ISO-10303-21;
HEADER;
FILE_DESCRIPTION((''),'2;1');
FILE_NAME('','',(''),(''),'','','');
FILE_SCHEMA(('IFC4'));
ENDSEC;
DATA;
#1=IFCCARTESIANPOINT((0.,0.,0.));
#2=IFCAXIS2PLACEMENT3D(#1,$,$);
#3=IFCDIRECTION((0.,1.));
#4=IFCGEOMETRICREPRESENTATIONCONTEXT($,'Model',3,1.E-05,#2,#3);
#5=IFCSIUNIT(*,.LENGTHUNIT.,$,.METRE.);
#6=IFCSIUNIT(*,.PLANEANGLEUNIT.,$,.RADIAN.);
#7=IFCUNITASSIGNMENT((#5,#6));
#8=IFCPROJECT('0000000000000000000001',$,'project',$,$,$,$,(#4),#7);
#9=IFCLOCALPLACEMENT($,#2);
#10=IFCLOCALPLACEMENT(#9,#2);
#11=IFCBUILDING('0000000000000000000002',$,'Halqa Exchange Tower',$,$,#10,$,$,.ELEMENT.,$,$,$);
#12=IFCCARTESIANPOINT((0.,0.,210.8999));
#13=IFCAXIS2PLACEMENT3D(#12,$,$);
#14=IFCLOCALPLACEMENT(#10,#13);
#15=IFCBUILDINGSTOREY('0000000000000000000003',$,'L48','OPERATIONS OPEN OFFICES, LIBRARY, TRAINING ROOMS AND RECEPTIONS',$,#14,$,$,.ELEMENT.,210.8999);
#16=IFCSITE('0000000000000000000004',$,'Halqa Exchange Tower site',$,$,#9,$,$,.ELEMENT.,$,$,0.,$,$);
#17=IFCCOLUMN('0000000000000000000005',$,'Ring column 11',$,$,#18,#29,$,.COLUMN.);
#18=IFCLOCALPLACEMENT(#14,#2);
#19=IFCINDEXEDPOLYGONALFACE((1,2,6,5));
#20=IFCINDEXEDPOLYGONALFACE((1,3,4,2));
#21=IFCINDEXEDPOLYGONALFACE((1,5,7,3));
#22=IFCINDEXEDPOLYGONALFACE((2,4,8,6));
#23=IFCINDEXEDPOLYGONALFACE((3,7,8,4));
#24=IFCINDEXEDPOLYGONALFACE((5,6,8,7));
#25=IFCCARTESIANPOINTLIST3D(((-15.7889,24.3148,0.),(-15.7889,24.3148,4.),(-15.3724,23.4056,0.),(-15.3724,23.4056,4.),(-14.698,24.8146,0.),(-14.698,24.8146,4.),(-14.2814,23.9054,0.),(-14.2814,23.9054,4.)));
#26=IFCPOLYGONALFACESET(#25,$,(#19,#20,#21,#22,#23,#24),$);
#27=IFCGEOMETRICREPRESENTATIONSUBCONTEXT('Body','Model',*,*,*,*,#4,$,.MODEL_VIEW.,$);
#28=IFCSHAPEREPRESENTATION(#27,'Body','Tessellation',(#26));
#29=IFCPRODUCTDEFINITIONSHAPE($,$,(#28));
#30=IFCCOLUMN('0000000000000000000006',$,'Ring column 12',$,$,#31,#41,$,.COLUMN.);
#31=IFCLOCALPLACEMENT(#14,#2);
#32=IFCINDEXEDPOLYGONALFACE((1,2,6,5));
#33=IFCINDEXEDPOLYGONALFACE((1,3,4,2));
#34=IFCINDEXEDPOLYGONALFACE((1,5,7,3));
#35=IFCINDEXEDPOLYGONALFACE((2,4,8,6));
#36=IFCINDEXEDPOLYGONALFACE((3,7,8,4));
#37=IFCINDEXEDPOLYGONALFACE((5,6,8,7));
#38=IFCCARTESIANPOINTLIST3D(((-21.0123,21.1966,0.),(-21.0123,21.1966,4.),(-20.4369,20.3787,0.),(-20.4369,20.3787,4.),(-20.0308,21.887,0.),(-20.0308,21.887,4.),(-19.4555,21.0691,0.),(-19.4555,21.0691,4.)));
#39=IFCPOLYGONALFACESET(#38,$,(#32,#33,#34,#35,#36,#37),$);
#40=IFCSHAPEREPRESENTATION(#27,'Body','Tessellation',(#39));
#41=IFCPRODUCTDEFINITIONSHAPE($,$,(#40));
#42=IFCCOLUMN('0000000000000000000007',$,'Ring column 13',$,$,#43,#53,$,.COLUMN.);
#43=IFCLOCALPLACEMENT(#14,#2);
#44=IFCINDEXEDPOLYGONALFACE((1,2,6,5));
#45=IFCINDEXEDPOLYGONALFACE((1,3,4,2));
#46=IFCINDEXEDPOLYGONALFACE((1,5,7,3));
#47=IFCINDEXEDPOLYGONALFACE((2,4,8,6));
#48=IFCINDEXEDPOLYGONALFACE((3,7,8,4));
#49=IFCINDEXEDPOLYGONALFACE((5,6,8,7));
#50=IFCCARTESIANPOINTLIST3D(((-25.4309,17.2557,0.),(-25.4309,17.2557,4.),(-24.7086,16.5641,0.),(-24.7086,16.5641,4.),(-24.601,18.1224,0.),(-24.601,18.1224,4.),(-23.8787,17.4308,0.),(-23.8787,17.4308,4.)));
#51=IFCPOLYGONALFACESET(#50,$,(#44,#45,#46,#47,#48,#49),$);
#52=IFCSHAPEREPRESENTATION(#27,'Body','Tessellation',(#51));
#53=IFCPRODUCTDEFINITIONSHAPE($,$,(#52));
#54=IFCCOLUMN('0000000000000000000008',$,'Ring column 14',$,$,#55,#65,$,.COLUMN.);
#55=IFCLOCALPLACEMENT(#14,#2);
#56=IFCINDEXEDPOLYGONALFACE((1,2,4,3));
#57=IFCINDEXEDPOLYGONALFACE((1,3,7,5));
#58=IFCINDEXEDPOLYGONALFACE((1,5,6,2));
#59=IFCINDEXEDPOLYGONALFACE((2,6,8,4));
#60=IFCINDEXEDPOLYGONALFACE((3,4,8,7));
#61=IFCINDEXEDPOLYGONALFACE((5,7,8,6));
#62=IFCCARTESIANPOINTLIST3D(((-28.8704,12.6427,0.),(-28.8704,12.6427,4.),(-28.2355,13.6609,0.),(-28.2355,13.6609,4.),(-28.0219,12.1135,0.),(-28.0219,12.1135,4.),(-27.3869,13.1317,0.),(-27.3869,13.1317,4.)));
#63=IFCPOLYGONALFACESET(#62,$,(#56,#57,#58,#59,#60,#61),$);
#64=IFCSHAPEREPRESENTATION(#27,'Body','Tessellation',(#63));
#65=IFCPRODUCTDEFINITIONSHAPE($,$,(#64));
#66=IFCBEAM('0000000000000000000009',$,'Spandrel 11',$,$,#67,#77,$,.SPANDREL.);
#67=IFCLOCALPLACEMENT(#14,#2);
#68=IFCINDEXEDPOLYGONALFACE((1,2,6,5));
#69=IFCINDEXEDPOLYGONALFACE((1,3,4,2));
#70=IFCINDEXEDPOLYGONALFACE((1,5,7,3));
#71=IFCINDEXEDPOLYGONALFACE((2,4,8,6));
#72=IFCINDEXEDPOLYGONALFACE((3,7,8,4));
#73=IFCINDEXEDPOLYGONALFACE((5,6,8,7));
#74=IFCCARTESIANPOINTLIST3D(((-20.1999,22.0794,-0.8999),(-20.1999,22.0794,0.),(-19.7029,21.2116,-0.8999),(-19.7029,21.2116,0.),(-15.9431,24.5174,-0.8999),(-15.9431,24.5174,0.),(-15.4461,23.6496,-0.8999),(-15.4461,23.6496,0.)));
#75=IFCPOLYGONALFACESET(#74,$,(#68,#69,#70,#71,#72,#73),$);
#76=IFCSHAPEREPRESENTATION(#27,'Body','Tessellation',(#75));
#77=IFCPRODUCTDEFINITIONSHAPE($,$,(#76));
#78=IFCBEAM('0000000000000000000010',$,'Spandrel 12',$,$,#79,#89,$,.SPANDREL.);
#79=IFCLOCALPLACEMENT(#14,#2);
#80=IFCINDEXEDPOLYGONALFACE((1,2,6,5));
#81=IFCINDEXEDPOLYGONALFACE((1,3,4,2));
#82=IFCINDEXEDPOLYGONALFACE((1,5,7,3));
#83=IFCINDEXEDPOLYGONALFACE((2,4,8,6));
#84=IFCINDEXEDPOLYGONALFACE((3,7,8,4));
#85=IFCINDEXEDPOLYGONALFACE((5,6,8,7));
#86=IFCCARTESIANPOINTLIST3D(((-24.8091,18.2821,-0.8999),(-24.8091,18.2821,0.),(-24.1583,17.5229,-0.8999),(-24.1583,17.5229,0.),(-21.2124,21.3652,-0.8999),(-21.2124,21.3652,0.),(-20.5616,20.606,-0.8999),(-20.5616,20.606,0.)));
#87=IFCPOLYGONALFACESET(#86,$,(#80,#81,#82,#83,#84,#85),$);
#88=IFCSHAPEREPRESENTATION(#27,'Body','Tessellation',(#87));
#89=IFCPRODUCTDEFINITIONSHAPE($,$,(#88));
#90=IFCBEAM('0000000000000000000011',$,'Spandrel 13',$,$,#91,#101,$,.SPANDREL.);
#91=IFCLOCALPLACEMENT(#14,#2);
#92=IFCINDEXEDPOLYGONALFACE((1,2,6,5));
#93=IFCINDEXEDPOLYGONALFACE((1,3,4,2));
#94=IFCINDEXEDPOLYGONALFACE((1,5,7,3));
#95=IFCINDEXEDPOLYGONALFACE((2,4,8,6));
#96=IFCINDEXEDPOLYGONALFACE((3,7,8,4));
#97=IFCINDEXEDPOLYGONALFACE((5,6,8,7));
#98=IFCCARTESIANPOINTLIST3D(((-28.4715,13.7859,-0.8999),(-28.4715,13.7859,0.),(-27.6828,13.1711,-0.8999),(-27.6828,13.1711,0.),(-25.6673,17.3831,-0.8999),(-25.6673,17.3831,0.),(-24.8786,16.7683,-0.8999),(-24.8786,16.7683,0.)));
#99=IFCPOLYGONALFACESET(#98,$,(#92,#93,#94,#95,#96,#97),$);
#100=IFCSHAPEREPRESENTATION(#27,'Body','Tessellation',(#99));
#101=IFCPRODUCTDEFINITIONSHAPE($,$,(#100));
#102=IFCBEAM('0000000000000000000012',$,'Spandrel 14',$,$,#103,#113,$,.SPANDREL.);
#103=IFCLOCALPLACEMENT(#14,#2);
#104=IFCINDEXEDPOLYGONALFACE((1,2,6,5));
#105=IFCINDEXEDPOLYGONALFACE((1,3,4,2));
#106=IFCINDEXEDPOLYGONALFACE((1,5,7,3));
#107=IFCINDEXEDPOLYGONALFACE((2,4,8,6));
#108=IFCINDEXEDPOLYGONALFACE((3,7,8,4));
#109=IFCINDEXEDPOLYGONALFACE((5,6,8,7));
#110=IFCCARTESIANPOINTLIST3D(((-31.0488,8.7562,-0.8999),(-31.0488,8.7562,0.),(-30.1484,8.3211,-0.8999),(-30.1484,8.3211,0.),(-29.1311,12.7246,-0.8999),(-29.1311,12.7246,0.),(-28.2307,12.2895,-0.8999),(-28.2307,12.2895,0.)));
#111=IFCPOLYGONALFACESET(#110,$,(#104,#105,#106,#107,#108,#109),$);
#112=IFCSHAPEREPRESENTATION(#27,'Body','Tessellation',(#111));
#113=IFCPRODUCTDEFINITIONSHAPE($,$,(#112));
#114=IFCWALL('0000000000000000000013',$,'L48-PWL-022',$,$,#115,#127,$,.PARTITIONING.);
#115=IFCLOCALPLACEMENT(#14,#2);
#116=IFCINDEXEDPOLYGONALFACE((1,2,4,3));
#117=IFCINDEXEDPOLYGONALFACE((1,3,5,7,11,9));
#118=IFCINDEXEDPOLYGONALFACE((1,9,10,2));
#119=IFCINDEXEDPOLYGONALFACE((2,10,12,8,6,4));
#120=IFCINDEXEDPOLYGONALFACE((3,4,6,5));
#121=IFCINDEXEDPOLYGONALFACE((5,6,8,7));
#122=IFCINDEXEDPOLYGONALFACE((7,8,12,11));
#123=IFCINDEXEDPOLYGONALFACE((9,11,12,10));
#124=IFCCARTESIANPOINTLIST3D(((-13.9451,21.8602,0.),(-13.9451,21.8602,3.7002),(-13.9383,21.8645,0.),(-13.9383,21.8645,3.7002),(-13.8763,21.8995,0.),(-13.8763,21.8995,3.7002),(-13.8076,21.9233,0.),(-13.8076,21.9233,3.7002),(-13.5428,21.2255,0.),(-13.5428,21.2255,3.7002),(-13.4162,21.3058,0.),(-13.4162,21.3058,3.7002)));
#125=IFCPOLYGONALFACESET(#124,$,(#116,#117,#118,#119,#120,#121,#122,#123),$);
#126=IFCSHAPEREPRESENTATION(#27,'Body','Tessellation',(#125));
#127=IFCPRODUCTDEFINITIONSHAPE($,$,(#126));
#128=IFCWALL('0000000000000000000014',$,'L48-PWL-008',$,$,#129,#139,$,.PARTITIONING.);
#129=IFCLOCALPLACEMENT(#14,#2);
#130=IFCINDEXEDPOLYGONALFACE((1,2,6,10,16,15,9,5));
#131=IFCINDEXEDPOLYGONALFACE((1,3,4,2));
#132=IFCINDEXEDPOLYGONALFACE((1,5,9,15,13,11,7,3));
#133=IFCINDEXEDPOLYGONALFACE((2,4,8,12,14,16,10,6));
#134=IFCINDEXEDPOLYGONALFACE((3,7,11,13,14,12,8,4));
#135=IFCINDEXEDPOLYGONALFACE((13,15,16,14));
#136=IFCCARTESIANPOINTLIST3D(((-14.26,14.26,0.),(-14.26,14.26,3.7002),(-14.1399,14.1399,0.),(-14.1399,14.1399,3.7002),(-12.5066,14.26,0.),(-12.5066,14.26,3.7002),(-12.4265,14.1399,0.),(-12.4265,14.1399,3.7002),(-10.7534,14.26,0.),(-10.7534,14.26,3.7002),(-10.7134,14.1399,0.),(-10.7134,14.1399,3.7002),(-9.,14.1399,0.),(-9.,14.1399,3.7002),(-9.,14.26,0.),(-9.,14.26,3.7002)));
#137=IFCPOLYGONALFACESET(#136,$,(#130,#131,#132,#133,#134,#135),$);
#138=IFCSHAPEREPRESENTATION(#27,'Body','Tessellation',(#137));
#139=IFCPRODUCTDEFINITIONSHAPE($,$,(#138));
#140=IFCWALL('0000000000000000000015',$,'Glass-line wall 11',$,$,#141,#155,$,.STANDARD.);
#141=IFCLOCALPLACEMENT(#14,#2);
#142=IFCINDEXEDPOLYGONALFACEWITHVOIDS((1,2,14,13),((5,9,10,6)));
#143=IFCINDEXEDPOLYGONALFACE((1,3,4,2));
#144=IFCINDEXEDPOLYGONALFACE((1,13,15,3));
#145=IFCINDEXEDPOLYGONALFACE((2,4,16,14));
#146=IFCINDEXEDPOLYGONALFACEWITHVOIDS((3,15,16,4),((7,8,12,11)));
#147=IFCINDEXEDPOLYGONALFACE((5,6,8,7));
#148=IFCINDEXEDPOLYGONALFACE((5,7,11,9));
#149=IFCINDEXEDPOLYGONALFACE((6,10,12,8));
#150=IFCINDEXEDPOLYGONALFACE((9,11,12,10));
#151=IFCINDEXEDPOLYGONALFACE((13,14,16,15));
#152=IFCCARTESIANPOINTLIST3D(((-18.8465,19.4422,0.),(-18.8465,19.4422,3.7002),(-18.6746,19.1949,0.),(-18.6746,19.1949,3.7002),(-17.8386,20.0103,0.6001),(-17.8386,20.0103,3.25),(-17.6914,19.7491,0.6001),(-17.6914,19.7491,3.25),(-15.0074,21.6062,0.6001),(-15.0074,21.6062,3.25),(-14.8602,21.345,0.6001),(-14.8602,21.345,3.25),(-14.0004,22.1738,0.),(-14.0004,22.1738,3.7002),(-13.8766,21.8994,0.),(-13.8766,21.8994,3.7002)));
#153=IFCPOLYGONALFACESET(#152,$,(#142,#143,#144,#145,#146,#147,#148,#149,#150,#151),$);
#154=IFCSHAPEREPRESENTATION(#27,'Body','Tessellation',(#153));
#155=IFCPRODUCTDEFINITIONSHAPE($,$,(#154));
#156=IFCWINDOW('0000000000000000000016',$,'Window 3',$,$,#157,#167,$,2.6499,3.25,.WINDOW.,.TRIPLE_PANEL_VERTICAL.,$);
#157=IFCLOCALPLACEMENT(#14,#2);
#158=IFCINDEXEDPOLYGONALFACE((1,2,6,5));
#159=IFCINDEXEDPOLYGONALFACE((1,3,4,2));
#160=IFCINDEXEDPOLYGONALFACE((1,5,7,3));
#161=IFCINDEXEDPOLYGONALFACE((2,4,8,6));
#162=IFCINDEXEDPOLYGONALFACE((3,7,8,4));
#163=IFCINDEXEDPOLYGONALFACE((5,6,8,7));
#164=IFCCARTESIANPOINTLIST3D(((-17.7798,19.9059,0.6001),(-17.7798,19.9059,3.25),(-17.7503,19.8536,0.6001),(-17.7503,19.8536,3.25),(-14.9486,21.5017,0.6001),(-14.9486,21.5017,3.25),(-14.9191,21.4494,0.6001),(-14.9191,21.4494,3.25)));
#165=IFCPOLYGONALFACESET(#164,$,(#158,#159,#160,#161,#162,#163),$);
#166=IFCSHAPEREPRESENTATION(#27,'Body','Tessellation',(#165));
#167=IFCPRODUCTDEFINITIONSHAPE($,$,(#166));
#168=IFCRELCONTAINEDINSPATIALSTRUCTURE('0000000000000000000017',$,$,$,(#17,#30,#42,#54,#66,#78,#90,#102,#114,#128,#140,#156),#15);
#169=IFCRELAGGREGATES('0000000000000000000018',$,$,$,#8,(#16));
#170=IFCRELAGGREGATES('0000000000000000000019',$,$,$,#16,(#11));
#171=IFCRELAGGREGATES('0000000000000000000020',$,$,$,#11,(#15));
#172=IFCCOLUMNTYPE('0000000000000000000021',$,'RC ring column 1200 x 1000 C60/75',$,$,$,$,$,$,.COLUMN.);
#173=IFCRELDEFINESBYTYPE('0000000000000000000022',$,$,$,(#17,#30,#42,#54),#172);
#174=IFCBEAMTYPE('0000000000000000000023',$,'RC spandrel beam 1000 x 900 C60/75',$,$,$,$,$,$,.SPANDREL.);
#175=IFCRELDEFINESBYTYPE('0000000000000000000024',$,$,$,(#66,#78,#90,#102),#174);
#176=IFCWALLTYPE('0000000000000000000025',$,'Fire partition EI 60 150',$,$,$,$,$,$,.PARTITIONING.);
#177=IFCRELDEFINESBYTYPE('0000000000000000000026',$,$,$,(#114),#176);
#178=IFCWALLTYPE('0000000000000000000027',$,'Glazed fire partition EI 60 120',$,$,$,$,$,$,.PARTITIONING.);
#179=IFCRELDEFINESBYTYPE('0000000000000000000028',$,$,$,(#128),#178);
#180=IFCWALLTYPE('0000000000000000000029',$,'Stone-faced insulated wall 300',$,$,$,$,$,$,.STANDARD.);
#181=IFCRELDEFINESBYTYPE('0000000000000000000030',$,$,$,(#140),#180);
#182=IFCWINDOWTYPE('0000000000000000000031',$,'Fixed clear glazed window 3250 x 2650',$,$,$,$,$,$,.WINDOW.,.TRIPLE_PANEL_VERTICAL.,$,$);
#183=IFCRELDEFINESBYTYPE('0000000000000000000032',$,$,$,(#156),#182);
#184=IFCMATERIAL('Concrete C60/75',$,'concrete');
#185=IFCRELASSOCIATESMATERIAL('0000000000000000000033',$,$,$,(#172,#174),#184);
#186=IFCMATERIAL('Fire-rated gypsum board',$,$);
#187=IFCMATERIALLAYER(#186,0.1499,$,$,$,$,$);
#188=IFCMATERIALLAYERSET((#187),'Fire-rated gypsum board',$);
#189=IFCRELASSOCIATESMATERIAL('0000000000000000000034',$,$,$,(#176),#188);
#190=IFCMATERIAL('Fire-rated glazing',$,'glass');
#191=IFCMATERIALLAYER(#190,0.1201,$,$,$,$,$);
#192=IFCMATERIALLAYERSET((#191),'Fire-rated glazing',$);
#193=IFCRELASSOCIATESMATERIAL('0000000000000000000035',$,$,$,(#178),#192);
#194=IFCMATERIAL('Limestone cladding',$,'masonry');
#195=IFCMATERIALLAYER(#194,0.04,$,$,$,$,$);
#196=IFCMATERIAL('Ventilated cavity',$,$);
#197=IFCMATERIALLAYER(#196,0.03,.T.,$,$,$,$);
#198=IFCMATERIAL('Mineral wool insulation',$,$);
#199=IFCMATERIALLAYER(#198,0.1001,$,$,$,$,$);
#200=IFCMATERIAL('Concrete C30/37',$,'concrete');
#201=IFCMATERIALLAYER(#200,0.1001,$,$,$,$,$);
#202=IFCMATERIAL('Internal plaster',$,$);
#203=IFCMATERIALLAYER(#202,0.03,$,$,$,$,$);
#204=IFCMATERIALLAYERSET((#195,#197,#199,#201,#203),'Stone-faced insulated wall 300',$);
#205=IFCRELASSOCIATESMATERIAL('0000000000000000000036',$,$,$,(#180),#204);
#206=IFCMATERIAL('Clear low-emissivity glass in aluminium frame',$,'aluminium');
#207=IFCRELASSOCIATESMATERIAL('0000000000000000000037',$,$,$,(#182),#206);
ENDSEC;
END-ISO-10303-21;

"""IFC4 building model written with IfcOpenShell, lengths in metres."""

from ifc_helpers import new_model, si_unit, direction, frame, frame_2d, origin, origin_2d, place, context, subcontext, project, spatial, polyline, rectangle, outline, extrude, material, layer, layer_set, material_profile, profile_set, type_object, element, fill, save


model = new_model("IFC4")

# Units and contexts
model_context = context("Model", 3, precision=1e-05, world=origin(), true_north=direction((0.0, 1.0)))
body_context = subcontext(model_context, "Body", "Model", "MODEL_VIEW")
ifc_project = project(units=[si_unit("LENGTHUNIT", "METRE"), si_unit("PLANEANGLEUNIT", "RADIAN")], contexts=[model_context])

# Site, building, storey
site_placement = place(None, origin())
site = spatial("IfcSite", under=ifc_project, at=site_placement, Name="Halqa Exchange Tower site", CompositionType="ELEMENT", RefElevation=0.0)
building_placement = place(site_placement, origin())
building = spatial("IfcBuilding", under=site, at=building_placement, Name="Halqa Exchange Tower", CompositionType="ELEMENT")
storey_placement = place(building_placement, frame((0.0, 0.0, 210.8999)))
storey = spatial("IfcBuildingStorey", under=building, at=storey_placement, Name="L48", Description="OPERATIONS OPEN OFFICES, LIBRARY, TRAINING ROOMS AND RECEPTIONS", CompositionType="ELEMENT", Elevation=210.8999)

# Columns
ifc_material_1 = material(Name="Concrete C60/75", Category="concrete")
ifc_material_profile_1 = material_profile(ifc_material_1, rectangle(XDim=1.2, YDim=1.0, at=origin_2d()), Name="1200 x 1000")
ifc_profile_set_1 = profile_set([ifc_material_profile_1], Name="Concrete C60/75")
column_type = type_object("IfcColumnType", Name="RC ring column 1200 x 1000 C60/75", PredefinedType="COLUMN", material=ifc_profile_set_1)
for number, where, z_axis, x_axis, name in (
    (1, (-15.0352, 24.1101, 0.0), (0.0, 0.0, 1.0), (-0.909129, -0.416514, 0.0), "Ring column 11"),
    (2, (-20.2339, 21.1328, 0.0), (0.0, 0.0, 1.0), (-0.817906, -0.575352, 0.0), "Ring column 12"),
    (3, (-24.6548, 17.3433, 0.0), (0.0, 0.0, 1.0), (-0.691575, -0.722305, 0.0), "Ring column 13"),
    (4, (-28.1287, 12.8872, 0.0), (0.0, 0.0, 1.0), (-0.529145, -0.848531, 0.0), "Ring column 14"),
):
    element("IfcColumn", number, at=place(storey_placement, frame(where, z_axis=z_axis, x_axis=x_axis)), inside=storey, type_object=column_type, Name=name, PredefinedType="COLUMN", context=body_context, shape_type="SweptSolid", body=[
        extrude(rectangle(XDim=1.2, YDim=1.0, at=origin_2d()), origin(), (0.0, 0.0, 1.0), 4.0),
    ])

# Beams
ifc_material_profile_2 = material_profile(ifc_material_1, rectangle(XDim=1.0, YDim=0.8999, at=origin_2d()), Name="1000 x 900")
ifc_profile_set_2 = profile_set([ifc_material_profile_2], Name="Concrete C60/75")
beam_type = type_object("IfcBeamType", Name="RC spandrel beam 1000 x 900 C60/75", PredefinedType="SPANDREL", material=ifc_profile_set_2)
beam_1_placement = place(storey_placement, frame((-15.6946, 24.0835, -0.45), z_axis=(-0.867759, -0.496986, 0.0), x_axis=(0.496986, -0.867759, 0.0)))
element("IfcBeam", 5, at=beam_1_placement, inside=storey, type_object=beam_type, Name="Spandrel 11", PredefinedType="SPANDREL", context=body_context, shape_type="SweptSolid", body=[
    extrude(rectangle(XDim=1.0, YDim=0.8999, at=origin_2d()), origin(), (0.0, 0.0, 1.0), 4.9055),
])
beam_2_placement = place(storey_placement, frame((-20.887, 20.9856, -0.45), z_axis=(-0.759242, -0.650808, 0.0), x_axis=(0.650808, -0.759242, 0.0)))
element("IfcBeam", 6, at=beam_2_placement, inside=storey, type_object=beam_type, Name="Spandrel 12", PredefinedType="SPANDREL", context=body_context, shape_type="SweptSolid", body=[
    extrude(rectangle(XDim=1.0, YDim=0.8999, at=origin_2d()), origin(), (0.0, 0.0, 1.0), 4.7373),
])
beam_3_placement = place(storey_placement, frame((-25.2729, 17.0757, -0.45), z_axis=(-0.614815, -0.788672, 0.0), x_axis=(0.788672, -0.614815, 0.0)))
element("IfcBeam", 7, at=beam_3_placement, inside=storey, type_object=beam_type, Name="Spandrel 13", PredefinedType="SPANDREL", context=body_context, shape_type="SweptSolid", body=[
    extrude(rectangle(XDim=1.0, YDim=0.8999, at=origin_2d()), origin(), (0.0, 0.0, 1.0), 4.561),
])
beam_4_placement = place(storey_placement, frame((-28.6809, 12.5071, -0.45), z_axis=(-0.435098, -0.900383, 0.0), x_axis=(0.900383, -0.435098, 0.0)))
element("IfcBeam", 8, at=beam_4_placement, inside=storey, type_object=beam_type, Name="Spandrel 14", PredefinedType="SPANDREL", context=body_context, shape_type="SweptSolid", body=[
    extrude(rectangle(XDim=1.0, YDim=0.8999, at=origin_2d()), origin(), (0.0, 0.0, 1.0), 4.4075),
])

# Walls
ifc_material_2 = material(Name="Fire-rated gypsum board")
ifc_layer_1 = layer(ifc_material_2, 0.1499)
ifc_layer_set_1 = layer_set([ifc_layer_1], Name="Fire-rated gypsum board")
wall_type_1 = type_object("IfcWallType", Name="Fire partition EI 60 150", PredefinedType="PARTITIONING", material=ifc_layer_set_1)
wall_1_placement = place(storey_placement, frame((-13.4795, 21.2656, 0.0), z_axis=(0.0, 0.0, 1.0), x_axis=(-0.535361, 0.844623, 0.0)))
element("IfcWall", 9, at=wall_1_placement, inside=storey, type_object=wall_type_1, Name="L48-PWL-022", PredefinedType="PARTITIONING", context=body_context, shape_type="SweptSolid", body=[
    extrude(outline(polyline([(0.0, -0.075), (0.7312, -0.075), (0.7478, -0.0042), (0.7515, 0.0669), (0.7515, 0.075), (0.0, 0.075), (0.0, -0.075)])), origin(), (0.0, 0.0, 1.0), 3.7002),
])
ifc_material_3 = material(Name="Fire-rated glazing", Category="glass")
ifc_layer_2 = layer(ifc_material_3, 0.1201)
ifc_layer_set_2 = layer_set([ifc_layer_2], Name="Fire-rated glazing")
wall_type_2 = type_object("IfcWallType", Name="Glazed fire partition EI 60 120", PredefinedType="PARTITIONING", material=ifc_layer_set_2)
wall_2_placement = place(storey_placement, frame((-14.26, 14.2, 0.0), z_axis=(0.0, 0.0, 1.0), x_axis=(1.0, 0.0, 0.0)))
element("IfcWall", 10, at=wall_2_placement, inside=storey, type_object=wall_type_2, Name="L48-PWL-008", PredefinedType="PARTITIONING", context=body_context, shape_type="SweptSolid", body=[
    extrude(outline(polyline([(5.26, 0.0601), (3.5066, 0.0601), (1.7534, 0.0601), (0.0, 0.0601), (0.1201, -0.0601), (1.8335, -0.0601), (3.5466, -0.0601), (5.26, -0.0601), (5.26, 0.0601)])), origin(), (0.0, 0.0, 1.0), 3.7002),
])

# Wall, opening, window
ifc_material_4 = material(Name="Limestone cladding", Category="masonry")
ifc_layer_3 = layer(ifc_material_4, 0.04)
ifc_material_5 = material(Name="Ventilated cavity")
ifc_layer_4 = layer(ifc_material_5, 0.03, ventilated=True)
ifc_material_6 = material(Name="Mineral wool insulation")
ifc_layer_5 = layer(ifc_material_6, 0.1001)
ifc_material_7 = material(Name="Concrete C30/37", Category="concrete")
ifc_layer_6 = layer(ifc_material_7, 0.1001)
ifc_material_8 = material(Name="Internal plaster")
ifc_layer_7 = layer(ifc_material_8, 0.03)
ifc_layer_set_3 = layer_set([ifc_layer_3, ifc_layer_4, ifc_layer_5, ifc_layer_6, ifc_layer_7], Name="Stone-faced insulated wall 300")
wall_type_3 = type_object("IfcWallType", Name="Stone-faced insulated wall 300", PredefinedType="STANDARD", material=ifc_layer_set_3)
wall_3_placement = place(storey_placement, frame((-13.9385, 22.0366, 0.0), z_axis=(0.0, 0.0, 1.0), x_axis=(-0.871141, -0.491034, 0.0)))
wall_3 = element("IfcWall", 11, at=wall_3_placement, inside=storey, type_object=wall_type_3, Name="Glass-line wall 11", PredefinedType="STANDARD", context=body_context, shape_type="SweptSolid", body=[
    extrude(outline(polyline([(-0.0134, -0.1499), (5.5496, -0.1499), (5.5212, 0.1499), (0.0134, 0.1499), (-0.0134, -0.1499)])), origin(), (0.0, 0.0, 1.0), 3.7002),
])
opening_1_placement = place(wall_3_placement, frame((1.1426, 0.0, 0.6001)))
opening_1 = element("IfcOpeningElement", 12, at=opening_1_placement, cuts=wall_3, PredefinedType="OPENING", context=body_context, shape_type="SweptSolid", body=[
    extrude(rectangle(XDim=3.25, YDim=2.6499, at=frame_2d((1.625, 1.325))), frame((0.0, 0.1621, 0.0), z_axis=(0.0, -1.0, 0.0), x_axis=(1.0, 0.0, 0.0)), (0.0, 0.0, 1.0), 0.324),
])
ifc_material_9 = material(Name="Clear low-emissivity glass in aluminium frame", Category="aluminium")
window_type = type_object("IfcWindowType", Name="Fixed clear glazed window 3250 x 2650", PartitioningType="TRIPLE_PANEL_VERTICAL", PredefinedType="WINDOW", material=ifc_material_9)
window_1_placement = place(opening_1_placement, origin())
window_1 = element("IfcWindow", 13, at=window_1_placement, inside=storey, type_object=window_type, Name="Window 3", OverallHeight=2.6499, OverallWidth=3.25, PartitioningType="TRIPLE_PANEL_VERTICAL", PredefinedType="WINDOW", context=body_context, shape_type="SweptSolid", body=[
    extrude(rectangle(XDim=3.25, YDim=2.6499, at=frame_2d((1.625, 1.325))), frame((0.0, 0.03, 0.0), z_axis=(0.0, -1.0, 0.0), x_axis=(1.0, 0.0, 0.0)), (0.0, 0.0, 1.0), 0.0601),
])
fill(opening_1, window_1)

save(model, "model.ifc")
